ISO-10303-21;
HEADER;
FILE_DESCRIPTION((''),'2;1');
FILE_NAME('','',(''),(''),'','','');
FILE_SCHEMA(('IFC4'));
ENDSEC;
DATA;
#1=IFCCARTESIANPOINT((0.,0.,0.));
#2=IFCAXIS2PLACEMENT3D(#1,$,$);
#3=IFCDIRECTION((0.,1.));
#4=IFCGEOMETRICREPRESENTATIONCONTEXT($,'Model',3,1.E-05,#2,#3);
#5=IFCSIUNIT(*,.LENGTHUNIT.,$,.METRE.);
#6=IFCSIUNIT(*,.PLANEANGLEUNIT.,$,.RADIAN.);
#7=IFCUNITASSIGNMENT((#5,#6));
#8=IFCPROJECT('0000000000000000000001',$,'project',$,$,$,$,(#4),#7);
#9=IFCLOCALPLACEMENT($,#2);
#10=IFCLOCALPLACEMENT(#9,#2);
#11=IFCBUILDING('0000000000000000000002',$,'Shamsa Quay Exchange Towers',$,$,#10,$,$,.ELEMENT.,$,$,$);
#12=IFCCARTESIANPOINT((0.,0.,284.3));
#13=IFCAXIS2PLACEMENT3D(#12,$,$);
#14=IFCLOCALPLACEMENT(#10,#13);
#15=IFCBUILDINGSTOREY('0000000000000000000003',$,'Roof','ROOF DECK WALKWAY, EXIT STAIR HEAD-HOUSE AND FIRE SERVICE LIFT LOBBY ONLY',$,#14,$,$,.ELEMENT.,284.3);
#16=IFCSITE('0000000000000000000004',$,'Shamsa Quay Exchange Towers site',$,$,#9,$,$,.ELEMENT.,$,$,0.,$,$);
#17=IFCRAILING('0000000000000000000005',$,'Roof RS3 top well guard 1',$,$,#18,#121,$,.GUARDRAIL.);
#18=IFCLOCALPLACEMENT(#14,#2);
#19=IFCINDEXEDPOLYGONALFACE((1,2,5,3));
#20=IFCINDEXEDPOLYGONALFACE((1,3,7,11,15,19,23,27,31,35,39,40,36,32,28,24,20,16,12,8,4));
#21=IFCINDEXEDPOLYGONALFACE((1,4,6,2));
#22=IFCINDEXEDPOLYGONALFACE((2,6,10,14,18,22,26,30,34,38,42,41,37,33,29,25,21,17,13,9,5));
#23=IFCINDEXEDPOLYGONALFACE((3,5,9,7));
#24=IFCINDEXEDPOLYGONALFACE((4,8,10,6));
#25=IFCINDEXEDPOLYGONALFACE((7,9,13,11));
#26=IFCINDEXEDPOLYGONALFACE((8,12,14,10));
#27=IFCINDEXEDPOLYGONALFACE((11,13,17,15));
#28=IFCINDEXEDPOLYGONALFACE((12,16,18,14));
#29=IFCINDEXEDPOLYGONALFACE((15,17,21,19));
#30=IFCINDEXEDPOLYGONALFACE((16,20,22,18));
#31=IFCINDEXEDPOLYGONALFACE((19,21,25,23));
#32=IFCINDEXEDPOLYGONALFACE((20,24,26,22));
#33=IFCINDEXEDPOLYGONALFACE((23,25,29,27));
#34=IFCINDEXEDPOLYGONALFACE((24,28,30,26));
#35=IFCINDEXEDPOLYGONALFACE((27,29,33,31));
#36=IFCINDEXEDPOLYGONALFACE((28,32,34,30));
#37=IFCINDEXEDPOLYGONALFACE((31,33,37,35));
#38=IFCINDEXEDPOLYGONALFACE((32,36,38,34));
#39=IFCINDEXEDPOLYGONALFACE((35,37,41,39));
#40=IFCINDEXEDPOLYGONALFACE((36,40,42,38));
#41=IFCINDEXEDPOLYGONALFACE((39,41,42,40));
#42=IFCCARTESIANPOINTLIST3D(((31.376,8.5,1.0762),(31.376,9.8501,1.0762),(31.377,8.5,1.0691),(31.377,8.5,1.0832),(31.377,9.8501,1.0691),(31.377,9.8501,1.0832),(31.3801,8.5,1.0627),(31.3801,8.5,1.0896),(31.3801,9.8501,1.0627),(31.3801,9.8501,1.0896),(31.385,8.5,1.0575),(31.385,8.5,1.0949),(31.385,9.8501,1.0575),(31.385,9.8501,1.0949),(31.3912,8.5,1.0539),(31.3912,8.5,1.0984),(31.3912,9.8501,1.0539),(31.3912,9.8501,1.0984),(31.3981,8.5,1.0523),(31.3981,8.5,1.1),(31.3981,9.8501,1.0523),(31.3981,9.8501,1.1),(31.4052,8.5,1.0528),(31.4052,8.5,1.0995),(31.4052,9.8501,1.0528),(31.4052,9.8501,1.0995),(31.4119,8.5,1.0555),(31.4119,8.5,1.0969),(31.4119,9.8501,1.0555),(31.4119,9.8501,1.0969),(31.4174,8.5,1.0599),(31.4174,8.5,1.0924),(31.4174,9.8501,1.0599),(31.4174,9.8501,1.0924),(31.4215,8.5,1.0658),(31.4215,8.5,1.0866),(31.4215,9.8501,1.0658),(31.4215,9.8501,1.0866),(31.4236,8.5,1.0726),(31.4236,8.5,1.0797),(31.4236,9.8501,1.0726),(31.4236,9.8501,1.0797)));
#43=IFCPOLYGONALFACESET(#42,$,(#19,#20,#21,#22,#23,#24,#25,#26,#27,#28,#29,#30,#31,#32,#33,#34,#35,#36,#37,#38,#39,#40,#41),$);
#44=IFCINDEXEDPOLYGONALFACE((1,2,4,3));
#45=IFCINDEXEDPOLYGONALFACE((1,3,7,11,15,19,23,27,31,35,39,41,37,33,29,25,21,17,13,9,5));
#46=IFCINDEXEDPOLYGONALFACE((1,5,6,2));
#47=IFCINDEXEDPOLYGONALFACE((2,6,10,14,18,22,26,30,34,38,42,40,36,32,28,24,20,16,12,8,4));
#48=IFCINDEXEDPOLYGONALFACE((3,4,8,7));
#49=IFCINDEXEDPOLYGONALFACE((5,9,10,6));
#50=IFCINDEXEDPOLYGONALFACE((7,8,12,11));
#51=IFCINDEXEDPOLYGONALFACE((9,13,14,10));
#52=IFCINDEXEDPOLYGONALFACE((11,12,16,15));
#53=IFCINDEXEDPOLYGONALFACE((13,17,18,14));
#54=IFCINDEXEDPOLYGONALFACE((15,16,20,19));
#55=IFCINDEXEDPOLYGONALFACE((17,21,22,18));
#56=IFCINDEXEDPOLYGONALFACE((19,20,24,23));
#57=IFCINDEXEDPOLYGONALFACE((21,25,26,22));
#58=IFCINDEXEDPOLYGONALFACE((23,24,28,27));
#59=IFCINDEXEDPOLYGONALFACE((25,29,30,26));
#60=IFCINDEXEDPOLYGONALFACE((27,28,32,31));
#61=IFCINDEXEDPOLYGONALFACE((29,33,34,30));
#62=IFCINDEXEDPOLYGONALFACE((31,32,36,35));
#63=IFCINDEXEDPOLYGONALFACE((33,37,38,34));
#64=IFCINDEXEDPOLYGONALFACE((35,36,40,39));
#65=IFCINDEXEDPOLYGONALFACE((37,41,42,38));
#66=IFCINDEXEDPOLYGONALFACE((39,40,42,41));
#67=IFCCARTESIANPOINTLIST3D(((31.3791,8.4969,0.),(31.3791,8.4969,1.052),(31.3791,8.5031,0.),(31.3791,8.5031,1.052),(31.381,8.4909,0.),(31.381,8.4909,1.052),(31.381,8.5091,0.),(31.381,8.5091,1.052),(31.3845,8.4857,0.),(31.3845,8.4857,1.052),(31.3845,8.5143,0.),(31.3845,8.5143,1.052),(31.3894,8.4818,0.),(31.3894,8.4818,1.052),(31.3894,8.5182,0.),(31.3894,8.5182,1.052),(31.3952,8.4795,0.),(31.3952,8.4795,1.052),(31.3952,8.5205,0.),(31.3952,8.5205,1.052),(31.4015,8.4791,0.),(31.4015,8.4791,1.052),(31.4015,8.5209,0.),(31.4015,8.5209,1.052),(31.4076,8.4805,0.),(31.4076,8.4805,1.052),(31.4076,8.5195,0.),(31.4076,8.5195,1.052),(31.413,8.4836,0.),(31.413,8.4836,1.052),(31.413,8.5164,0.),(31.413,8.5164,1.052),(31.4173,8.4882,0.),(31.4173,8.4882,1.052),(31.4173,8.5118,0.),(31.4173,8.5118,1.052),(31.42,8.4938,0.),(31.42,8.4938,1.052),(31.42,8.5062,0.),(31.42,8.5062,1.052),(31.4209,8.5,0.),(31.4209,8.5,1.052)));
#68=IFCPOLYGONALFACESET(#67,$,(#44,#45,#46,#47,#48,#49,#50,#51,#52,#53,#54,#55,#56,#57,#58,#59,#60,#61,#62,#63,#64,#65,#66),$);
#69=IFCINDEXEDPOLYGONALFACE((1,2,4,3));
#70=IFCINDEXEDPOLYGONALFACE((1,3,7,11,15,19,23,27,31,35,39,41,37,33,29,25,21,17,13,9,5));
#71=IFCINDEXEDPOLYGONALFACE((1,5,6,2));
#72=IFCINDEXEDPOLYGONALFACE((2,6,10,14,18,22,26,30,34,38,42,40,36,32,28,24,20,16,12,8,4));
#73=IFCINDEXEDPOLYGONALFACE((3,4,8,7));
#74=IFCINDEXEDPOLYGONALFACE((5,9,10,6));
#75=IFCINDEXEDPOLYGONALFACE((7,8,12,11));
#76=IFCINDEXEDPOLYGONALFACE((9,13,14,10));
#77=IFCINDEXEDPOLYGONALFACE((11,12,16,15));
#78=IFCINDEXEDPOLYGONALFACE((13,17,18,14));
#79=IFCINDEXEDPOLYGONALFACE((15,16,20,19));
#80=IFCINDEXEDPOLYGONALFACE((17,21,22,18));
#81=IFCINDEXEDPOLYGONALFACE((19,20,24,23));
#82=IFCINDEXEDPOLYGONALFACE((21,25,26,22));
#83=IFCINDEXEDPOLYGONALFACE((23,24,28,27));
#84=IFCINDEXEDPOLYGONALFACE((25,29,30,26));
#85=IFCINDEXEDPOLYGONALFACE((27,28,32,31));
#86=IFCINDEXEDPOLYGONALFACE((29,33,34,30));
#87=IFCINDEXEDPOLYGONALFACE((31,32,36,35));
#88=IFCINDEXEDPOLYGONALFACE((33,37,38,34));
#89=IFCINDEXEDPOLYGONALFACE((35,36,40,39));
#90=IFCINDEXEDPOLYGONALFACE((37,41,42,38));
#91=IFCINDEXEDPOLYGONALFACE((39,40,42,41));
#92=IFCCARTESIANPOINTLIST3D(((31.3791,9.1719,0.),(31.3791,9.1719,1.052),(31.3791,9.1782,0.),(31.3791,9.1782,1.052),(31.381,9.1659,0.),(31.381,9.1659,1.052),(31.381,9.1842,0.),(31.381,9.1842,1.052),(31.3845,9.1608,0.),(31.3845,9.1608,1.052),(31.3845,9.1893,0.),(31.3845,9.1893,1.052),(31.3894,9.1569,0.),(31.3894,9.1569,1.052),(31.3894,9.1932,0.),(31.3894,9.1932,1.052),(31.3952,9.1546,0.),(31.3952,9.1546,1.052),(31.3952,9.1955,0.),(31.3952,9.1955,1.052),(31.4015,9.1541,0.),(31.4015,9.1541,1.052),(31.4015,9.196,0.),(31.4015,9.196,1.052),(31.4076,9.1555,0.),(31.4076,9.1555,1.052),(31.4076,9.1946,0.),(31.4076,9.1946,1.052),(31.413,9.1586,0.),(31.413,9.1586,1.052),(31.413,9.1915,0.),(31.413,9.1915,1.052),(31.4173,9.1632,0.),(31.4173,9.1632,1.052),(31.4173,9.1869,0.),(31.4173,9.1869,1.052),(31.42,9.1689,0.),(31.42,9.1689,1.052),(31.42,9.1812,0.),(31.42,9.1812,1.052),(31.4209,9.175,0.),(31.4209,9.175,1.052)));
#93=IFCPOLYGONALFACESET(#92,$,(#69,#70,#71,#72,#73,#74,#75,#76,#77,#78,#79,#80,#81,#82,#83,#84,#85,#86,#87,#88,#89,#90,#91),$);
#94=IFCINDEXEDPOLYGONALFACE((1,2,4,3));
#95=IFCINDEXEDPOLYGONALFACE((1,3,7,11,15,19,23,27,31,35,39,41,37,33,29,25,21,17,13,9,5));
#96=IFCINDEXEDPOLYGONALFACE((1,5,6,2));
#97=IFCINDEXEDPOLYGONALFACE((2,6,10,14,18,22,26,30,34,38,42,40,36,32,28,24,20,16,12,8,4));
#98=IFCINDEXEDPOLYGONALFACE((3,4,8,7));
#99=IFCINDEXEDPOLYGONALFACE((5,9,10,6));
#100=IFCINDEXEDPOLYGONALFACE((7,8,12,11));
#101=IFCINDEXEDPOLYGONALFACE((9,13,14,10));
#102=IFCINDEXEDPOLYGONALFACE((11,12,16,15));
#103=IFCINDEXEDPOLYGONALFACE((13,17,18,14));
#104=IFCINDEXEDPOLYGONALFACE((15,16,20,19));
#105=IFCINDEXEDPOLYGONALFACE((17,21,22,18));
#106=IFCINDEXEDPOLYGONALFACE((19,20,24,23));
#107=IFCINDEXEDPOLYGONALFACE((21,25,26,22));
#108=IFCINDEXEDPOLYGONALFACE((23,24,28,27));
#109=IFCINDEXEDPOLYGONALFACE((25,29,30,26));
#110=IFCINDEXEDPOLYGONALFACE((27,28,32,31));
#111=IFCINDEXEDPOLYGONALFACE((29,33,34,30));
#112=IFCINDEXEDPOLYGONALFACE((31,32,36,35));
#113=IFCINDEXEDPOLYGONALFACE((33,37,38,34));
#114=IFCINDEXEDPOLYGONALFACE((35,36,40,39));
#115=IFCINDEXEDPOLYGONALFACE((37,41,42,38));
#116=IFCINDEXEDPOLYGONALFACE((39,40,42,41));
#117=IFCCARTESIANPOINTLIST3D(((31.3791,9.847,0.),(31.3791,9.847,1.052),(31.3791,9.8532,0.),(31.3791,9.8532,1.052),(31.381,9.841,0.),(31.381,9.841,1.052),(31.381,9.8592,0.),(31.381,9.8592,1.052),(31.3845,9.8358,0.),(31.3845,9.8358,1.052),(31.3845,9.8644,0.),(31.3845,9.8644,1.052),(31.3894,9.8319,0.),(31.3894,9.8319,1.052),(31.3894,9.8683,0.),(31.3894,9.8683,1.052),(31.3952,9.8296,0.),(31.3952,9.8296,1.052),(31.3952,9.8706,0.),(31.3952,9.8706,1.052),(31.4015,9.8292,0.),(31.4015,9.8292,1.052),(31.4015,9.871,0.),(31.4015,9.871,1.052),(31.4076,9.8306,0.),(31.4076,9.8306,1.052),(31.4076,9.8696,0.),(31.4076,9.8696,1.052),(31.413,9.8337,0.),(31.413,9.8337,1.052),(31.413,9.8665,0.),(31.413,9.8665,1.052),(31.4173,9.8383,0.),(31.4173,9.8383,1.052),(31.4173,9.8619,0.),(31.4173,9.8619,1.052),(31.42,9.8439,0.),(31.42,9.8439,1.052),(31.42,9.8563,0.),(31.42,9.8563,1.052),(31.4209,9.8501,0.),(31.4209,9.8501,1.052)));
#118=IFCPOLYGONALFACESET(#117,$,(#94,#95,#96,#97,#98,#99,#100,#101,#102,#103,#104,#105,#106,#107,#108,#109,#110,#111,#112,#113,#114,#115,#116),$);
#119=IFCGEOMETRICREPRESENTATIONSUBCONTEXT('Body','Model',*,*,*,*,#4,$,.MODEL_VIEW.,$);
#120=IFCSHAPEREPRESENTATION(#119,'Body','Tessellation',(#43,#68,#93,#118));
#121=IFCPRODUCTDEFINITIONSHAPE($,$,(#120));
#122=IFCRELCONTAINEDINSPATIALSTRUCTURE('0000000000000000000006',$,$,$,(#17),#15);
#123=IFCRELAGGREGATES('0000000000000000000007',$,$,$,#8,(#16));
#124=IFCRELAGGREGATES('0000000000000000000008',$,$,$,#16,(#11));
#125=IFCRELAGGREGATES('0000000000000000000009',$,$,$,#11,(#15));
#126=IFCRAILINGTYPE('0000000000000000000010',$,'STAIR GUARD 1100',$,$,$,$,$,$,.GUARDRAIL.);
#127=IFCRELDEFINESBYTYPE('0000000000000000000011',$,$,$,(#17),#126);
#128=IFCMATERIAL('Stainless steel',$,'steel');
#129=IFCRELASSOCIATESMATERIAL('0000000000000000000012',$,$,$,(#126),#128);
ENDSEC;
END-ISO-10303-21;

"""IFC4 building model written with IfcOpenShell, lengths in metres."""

from ifc_helpers import new_model, si_unit, direction, frame, origin, origin_2d, place, context, subcontext, project, spatial, circle, extrude, material, type_object, element, save


model = new_model("IFC4")

# Units and contexts
model_context = context("Model", 3, precision=1e-05, world=origin(), true_north=direction((0.0, 1.0)))
body_context = subcontext(model_context, "Body", "Model", "MODEL_VIEW")
ifc_project = project(units=[si_unit("LENGTHUNIT", "METRE"), si_unit("PLANEANGLEUNIT", "RADIAN")], contexts=[model_context])

# Site, building, storey
site_placement = place(None, origin())
site = spatial("IfcSite", under=ifc_project, at=site_placement, Name="Shamsa Quay Exchange Towers site", CompositionType="ELEMENT", RefElevation=0.0)
building_placement = place(site_placement, origin())
building = spatial("IfcBuilding", under=site, at=building_placement, Name="Shamsa Quay Exchange Towers", CompositionType="ELEMENT")
storey_placement = place(building_placement, frame((0.0, 0.0, 284.3)))
storey = spatial("IfcBuildingStorey", under=building, at=storey_placement, Name="Roof", Description="ROOF DECK WALKWAY, EXIT STAIR HEAD-HOUSE AND FIRE SERVICE LIFT LOBBY ONLY", CompositionType="ELEMENT", Elevation=284.3)

# Railing
ifc_material_1 = material(Name="Stainless steel", Category="steel")
railing_type = type_object("IfcRailingType", Name="STAIR GUARD 1100", PredefinedType="GUARDRAIL", material=ifc_material_1)
railing_placement = place(storey_placement, frame((31.3999, 8.5, 0.0)))
element("IfcRailing", 1, at=railing_placement, inside=storey, type_object=railing_type, Name="Roof RS3 top well guard 1", PredefinedType="GUARDRAIL", context=body_context, shape_type="SweptSolid", body=[
    extrude(circle(Radius=0.0239, at=origin_2d()), frame((0.0, 0.0, 1.0762), z_axis=(0.0, 1.0, 0.0), x_axis=(-1.0, 0.0, 0.0)), (0.0, 0.0, 1.0), 1.3501),
    extrude(circle(Radius=0.021, at=origin_2d()), origin(), (0.0, 0.0, 1.0), 1.052),
    extrude(circle(Radius=0.021, at=origin_2d()), frame((0.0, 0.675, 0.0)), (0.0, 0.0, 1.0), 1.052),
    extrude(circle(Radius=0.021, at=origin_2d()), frame((0.0, 1.3501, 0.0)), (0.0, 0.0, 1.0), 1.052),
])

save(model, "model.ifc")
